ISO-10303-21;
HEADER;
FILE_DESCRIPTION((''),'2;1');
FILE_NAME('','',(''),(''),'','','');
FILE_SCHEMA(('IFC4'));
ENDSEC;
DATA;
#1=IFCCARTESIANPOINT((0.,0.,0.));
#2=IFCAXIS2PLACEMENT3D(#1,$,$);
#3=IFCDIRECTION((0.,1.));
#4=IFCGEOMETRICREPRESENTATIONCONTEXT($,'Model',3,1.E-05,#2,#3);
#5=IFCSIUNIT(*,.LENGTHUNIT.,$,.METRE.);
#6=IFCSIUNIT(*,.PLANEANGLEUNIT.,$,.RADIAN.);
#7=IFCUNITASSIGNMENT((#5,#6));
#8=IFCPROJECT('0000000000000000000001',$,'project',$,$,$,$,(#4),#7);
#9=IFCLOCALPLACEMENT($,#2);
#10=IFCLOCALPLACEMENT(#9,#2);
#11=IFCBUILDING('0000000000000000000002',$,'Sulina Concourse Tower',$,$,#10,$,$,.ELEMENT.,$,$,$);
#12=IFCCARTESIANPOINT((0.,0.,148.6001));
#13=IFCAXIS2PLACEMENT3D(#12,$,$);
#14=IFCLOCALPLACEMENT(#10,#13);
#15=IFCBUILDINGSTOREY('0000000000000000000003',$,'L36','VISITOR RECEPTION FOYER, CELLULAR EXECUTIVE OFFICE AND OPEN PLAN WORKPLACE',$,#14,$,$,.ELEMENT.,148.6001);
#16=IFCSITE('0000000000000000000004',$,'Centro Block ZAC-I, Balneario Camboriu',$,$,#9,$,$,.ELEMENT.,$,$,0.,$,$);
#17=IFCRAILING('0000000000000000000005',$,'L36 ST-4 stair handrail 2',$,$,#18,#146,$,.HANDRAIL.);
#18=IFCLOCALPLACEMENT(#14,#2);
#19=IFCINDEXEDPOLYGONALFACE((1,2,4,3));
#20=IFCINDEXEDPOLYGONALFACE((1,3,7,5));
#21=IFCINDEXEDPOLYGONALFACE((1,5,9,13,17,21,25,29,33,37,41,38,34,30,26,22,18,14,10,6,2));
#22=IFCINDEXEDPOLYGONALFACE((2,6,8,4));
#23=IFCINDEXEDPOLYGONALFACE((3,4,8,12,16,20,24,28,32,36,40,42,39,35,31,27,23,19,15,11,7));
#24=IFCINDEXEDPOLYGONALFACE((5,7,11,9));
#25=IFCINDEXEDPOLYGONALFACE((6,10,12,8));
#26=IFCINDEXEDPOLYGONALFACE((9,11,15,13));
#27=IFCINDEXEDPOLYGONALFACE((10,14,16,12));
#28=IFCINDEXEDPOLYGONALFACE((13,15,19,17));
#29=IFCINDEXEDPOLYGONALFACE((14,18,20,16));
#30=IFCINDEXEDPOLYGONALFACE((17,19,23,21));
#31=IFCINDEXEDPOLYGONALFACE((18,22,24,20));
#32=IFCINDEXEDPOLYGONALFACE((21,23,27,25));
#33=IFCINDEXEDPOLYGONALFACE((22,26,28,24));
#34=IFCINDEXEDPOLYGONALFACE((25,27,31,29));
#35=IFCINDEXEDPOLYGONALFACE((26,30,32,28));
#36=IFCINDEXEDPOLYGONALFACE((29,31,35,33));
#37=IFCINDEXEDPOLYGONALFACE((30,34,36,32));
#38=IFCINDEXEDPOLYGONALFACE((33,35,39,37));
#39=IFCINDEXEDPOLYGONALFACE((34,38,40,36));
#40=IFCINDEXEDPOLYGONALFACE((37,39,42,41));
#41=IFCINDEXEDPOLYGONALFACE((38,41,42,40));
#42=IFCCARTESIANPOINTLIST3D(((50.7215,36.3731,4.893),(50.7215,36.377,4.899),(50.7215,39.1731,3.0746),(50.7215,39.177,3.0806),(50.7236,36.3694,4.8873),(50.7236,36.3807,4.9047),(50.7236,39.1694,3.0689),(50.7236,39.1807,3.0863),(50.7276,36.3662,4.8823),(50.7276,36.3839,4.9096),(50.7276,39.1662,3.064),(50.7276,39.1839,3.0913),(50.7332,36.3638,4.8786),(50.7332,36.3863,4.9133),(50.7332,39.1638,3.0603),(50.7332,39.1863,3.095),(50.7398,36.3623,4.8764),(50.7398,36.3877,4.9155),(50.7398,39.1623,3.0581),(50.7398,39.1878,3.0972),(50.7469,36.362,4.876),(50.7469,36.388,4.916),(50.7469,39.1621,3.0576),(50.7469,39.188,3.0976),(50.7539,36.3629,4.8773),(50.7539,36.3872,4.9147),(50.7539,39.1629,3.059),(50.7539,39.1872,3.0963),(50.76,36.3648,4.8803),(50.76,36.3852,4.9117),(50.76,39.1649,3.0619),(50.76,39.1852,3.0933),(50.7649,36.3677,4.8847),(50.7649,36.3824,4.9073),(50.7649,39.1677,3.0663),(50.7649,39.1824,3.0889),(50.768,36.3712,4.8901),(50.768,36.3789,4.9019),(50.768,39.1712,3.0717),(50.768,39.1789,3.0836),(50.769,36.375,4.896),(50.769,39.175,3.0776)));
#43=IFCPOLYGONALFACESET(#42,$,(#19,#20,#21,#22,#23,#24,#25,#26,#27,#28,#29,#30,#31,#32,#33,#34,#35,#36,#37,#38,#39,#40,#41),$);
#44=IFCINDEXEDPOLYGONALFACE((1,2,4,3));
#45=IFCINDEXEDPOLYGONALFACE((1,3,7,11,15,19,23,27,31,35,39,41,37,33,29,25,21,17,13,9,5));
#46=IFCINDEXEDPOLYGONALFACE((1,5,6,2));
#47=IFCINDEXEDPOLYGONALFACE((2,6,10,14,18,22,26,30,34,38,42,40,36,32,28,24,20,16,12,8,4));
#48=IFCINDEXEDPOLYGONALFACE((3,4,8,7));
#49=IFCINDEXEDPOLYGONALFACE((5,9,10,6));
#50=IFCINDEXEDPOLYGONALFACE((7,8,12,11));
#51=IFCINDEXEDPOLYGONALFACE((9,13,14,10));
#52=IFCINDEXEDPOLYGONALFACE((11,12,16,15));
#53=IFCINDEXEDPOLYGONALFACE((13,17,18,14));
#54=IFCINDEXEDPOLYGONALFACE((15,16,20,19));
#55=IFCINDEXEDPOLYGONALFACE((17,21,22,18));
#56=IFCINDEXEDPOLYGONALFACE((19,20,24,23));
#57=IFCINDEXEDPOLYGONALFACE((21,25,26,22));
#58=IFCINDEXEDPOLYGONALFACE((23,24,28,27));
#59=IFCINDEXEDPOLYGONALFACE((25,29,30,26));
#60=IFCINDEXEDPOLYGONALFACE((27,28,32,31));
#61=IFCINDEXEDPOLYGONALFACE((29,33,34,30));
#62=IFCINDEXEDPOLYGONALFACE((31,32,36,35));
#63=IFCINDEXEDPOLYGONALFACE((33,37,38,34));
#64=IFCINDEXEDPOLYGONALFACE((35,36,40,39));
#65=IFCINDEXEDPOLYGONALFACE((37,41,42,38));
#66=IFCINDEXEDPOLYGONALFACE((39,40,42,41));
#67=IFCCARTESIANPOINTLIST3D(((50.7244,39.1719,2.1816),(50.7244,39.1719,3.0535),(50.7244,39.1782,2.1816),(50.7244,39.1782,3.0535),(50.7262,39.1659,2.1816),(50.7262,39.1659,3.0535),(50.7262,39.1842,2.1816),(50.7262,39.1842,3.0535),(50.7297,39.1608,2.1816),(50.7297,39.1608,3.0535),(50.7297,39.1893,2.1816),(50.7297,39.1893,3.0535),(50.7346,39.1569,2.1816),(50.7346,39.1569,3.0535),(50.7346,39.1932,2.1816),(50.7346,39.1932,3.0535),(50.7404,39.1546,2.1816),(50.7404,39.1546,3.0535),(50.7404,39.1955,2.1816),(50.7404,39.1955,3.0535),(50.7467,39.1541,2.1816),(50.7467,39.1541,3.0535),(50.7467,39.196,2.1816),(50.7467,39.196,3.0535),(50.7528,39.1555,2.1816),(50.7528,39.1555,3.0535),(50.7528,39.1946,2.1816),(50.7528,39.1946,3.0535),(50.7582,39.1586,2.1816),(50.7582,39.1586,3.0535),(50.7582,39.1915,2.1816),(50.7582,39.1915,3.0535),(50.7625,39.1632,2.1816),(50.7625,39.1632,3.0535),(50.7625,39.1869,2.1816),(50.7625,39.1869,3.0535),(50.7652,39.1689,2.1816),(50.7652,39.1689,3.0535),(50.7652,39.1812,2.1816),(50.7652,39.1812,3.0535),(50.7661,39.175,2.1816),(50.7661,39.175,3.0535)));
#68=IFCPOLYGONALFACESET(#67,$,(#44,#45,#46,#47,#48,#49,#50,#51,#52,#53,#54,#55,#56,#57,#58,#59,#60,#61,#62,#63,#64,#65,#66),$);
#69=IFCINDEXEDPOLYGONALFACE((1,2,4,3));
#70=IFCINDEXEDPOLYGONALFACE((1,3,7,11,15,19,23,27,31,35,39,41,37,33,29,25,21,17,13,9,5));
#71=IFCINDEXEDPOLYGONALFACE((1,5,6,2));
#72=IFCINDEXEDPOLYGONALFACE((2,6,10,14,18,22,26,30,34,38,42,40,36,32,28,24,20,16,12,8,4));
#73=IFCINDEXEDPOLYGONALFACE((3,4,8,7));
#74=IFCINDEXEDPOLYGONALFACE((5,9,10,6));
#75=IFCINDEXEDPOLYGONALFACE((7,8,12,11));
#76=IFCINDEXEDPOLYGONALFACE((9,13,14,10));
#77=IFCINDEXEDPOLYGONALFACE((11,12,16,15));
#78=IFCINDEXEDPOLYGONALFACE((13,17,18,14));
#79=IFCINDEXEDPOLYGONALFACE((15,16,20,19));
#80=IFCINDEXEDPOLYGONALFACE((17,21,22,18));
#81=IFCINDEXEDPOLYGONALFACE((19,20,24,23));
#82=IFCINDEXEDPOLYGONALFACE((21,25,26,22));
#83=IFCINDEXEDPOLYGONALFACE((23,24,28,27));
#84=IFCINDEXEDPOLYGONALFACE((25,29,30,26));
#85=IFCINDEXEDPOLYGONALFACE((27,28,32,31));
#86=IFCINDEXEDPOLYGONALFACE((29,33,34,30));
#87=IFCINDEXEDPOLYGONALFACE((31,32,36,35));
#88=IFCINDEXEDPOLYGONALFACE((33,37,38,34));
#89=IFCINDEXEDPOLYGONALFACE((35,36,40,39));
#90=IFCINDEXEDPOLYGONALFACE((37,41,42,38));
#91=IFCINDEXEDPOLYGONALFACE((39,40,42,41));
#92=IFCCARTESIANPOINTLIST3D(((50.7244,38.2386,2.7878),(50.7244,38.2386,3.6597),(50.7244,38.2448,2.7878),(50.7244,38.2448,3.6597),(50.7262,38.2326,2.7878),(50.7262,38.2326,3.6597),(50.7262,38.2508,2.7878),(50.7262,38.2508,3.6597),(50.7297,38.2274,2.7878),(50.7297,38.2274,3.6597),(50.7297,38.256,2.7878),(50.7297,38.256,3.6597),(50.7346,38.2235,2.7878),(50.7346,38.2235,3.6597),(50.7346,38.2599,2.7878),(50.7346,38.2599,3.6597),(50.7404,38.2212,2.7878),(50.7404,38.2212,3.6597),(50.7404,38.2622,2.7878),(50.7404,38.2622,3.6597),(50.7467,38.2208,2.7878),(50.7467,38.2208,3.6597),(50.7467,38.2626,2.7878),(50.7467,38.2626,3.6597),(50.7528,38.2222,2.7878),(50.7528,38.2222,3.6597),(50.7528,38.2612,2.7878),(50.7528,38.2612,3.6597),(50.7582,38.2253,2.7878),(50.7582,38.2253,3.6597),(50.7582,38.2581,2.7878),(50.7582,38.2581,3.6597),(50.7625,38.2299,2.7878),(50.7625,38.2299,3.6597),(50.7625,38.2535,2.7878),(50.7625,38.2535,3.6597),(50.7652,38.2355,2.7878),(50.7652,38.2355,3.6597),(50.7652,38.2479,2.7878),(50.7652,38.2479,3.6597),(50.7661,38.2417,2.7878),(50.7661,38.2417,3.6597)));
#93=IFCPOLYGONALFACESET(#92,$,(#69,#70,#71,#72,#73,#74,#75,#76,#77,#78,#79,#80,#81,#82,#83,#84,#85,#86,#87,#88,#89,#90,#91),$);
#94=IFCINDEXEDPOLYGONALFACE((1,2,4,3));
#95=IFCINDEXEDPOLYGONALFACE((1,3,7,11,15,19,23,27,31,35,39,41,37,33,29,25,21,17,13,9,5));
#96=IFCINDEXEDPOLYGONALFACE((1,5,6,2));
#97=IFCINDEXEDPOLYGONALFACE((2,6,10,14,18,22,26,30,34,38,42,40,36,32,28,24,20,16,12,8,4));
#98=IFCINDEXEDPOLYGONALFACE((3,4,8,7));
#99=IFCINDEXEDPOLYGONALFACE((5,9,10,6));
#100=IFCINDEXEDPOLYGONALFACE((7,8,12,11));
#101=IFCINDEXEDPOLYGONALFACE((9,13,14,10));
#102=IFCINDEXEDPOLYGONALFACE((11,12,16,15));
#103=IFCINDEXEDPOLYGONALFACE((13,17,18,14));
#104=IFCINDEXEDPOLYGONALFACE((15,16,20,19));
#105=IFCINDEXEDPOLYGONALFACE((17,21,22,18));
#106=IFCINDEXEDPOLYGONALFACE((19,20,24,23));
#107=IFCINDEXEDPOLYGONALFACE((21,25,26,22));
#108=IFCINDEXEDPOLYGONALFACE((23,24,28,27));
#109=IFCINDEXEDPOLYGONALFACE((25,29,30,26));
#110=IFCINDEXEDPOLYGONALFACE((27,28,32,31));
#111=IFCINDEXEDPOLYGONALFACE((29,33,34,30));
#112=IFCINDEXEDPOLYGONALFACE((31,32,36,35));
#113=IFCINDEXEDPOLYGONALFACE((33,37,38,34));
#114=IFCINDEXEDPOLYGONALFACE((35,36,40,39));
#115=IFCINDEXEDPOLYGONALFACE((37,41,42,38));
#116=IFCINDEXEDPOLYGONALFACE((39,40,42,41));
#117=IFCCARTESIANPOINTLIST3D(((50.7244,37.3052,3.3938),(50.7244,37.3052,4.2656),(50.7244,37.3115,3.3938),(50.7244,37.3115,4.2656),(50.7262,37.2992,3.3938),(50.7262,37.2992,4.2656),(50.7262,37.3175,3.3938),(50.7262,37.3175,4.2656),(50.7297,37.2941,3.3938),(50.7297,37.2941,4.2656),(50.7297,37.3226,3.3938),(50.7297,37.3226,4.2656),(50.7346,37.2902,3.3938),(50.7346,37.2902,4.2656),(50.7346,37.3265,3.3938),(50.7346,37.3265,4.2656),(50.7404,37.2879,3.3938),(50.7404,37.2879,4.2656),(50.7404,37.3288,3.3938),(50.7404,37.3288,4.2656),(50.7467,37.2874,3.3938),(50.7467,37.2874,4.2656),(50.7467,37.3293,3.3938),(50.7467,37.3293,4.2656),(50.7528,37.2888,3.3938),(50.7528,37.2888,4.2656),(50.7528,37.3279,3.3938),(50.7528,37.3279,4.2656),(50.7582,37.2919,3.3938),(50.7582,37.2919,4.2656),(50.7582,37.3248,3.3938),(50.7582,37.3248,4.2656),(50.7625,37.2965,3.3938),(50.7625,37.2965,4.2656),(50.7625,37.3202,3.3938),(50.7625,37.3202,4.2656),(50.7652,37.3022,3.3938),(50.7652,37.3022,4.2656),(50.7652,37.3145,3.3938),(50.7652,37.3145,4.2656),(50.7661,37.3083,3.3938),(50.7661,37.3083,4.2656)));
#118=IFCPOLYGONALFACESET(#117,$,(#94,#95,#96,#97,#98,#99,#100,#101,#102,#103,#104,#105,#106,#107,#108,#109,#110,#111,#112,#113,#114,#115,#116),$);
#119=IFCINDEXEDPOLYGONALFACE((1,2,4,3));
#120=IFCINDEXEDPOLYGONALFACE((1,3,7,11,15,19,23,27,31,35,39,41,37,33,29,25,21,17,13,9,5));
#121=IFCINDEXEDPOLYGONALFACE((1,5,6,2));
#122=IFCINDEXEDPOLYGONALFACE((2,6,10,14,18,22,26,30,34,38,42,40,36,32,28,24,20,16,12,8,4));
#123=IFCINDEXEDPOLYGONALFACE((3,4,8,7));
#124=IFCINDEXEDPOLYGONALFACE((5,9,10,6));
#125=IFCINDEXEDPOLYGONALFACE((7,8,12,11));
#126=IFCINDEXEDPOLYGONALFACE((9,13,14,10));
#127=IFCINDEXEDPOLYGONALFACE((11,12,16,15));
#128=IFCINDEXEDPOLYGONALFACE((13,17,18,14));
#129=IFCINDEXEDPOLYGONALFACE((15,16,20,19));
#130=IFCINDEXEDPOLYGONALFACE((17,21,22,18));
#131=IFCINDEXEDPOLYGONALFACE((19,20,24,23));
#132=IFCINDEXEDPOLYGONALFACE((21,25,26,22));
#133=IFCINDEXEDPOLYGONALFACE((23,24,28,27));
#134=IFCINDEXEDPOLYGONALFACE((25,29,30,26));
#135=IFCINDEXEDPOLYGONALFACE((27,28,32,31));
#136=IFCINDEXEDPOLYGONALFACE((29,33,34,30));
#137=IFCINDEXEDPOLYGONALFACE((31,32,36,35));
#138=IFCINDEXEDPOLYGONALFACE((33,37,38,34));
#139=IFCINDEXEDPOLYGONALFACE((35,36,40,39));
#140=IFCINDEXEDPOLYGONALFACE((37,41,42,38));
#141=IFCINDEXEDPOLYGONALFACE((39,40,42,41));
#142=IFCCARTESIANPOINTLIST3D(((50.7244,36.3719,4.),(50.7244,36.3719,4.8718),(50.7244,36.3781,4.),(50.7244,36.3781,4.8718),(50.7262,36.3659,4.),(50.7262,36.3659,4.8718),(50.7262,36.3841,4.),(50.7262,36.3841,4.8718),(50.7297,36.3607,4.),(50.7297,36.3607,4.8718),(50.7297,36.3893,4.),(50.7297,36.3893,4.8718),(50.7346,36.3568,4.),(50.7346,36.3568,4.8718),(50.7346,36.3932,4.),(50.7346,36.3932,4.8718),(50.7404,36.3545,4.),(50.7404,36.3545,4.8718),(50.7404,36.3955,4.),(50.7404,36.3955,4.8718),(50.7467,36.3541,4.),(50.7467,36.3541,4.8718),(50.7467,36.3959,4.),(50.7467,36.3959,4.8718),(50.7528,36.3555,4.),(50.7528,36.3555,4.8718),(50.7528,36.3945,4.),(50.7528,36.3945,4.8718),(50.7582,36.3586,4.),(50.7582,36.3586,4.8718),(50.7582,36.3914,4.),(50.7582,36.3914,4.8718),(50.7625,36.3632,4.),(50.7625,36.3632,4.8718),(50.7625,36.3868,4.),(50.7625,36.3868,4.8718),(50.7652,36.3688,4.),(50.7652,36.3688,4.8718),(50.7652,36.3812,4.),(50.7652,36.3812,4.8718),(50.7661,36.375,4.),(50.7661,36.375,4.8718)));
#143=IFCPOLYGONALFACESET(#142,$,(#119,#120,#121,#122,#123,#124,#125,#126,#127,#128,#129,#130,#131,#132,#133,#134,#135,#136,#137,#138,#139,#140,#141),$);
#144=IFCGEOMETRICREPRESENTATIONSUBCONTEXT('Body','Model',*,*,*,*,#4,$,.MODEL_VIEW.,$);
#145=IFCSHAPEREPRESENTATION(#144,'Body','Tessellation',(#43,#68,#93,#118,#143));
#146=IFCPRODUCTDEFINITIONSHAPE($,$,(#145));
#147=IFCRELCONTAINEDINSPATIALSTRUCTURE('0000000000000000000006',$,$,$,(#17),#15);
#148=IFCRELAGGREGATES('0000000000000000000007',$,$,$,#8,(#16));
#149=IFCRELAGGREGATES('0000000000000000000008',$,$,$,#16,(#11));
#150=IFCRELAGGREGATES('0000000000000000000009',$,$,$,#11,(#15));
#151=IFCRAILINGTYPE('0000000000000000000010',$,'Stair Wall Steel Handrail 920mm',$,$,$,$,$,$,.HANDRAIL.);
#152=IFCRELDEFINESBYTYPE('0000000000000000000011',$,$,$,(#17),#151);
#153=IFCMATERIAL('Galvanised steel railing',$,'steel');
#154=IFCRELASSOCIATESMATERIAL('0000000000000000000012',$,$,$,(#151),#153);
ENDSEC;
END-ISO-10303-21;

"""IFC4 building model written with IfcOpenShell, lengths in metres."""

from ifc_helpers import new_model, si_unit, direction, frame, origin, origin_2d, place, context, subcontext, project, spatial, circle, extrude, material, type_object, element, save


model = new_model("IFC4")

# Units and contexts
model_context = context("Model", 3, precision=1e-05, world=origin(), true_north=direction((0.0, 1.0)))
body_context = subcontext(model_context, "Body", "Model", "MODEL_VIEW")
ifc_project = project(units=[si_unit("LENGTHUNIT", "METRE"), si_unit("PLANEANGLEUNIT", "RADIAN")], contexts=[model_context])

# Site, building, storey
site_placement = place(None, origin())
site = spatial("IfcSite", under=ifc_project, at=site_placement, Name="Centro Block ZAC-I, Balneario Camboriu", CompositionType="ELEMENT", RefElevation=0.0)
building_placement = place(site_placement, origin())
building = spatial("IfcBuilding", under=site, at=building_placement, Name="Sulina Concourse Tower", CompositionType="ELEMENT")
storey_placement = place(building_placement, frame((0.0, 0.0, 148.6001)))
storey = spatial("IfcBuildingStorey", under=building, at=storey_placement, Name="L36", Description="VISITOR RECEPTION FOYER, CELLULAR EXECUTIVE OFFICE AND OPEN PLAN WORKPLACE", CompositionType="ELEMENT", Elevation=148.6001)

# Railing
ifc_material_1 = material(Name="Galvanised steel railing", Category="steel")
railing_type_1 = type_object("IfcRailingType", Name="Stair Wall Steel Handrail 920mm", PredefinedType="HANDRAIL", material=ifc_material_1)
railing_1_placement = place(storey_placement, frame((50.7451, 39.175, 2.1816)))
element("IfcRailing", 1, at=railing_1_placement, inside=storey, type_object=railing_type_1, Name="L36 ST-4 stair handrail 2", PredefinedType="HANDRAIL", context=body_context, shape_type="SweptSolid", body=[
    extrude(circle(Radius=0.0239, at=origin_2d()), frame((0.0, 0.0, 0.896), z_axis=(0.0, -0.838672, 0.544636), x_axis=(1.0, 0.0, 0.0)), (0.0, 0.0, 1.0), 3.3386),
    extrude(circle(Radius=0.021, at=origin_2d()), origin(), (0.0, 0.0, 1.0), 0.8718),
    extrude(circle(Radius=0.021, at=origin_2d()), frame((0.0, -0.9333, 0.6062)), (0.0, 0.0, 1.0), 0.8718),
    extrude(circle(Radius=0.021, at=origin_2d()), frame((0.0, -1.8667, 1.2122)), (0.0, 0.0, 1.0), 0.8718),
    extrude(circle(Radius=0.021, at=origin_2d()), frame((0.0, -2.8, 1.8184)), (0.0, 0.0, 1.0), 0.8718),
])

save(model, "model.ifc")
